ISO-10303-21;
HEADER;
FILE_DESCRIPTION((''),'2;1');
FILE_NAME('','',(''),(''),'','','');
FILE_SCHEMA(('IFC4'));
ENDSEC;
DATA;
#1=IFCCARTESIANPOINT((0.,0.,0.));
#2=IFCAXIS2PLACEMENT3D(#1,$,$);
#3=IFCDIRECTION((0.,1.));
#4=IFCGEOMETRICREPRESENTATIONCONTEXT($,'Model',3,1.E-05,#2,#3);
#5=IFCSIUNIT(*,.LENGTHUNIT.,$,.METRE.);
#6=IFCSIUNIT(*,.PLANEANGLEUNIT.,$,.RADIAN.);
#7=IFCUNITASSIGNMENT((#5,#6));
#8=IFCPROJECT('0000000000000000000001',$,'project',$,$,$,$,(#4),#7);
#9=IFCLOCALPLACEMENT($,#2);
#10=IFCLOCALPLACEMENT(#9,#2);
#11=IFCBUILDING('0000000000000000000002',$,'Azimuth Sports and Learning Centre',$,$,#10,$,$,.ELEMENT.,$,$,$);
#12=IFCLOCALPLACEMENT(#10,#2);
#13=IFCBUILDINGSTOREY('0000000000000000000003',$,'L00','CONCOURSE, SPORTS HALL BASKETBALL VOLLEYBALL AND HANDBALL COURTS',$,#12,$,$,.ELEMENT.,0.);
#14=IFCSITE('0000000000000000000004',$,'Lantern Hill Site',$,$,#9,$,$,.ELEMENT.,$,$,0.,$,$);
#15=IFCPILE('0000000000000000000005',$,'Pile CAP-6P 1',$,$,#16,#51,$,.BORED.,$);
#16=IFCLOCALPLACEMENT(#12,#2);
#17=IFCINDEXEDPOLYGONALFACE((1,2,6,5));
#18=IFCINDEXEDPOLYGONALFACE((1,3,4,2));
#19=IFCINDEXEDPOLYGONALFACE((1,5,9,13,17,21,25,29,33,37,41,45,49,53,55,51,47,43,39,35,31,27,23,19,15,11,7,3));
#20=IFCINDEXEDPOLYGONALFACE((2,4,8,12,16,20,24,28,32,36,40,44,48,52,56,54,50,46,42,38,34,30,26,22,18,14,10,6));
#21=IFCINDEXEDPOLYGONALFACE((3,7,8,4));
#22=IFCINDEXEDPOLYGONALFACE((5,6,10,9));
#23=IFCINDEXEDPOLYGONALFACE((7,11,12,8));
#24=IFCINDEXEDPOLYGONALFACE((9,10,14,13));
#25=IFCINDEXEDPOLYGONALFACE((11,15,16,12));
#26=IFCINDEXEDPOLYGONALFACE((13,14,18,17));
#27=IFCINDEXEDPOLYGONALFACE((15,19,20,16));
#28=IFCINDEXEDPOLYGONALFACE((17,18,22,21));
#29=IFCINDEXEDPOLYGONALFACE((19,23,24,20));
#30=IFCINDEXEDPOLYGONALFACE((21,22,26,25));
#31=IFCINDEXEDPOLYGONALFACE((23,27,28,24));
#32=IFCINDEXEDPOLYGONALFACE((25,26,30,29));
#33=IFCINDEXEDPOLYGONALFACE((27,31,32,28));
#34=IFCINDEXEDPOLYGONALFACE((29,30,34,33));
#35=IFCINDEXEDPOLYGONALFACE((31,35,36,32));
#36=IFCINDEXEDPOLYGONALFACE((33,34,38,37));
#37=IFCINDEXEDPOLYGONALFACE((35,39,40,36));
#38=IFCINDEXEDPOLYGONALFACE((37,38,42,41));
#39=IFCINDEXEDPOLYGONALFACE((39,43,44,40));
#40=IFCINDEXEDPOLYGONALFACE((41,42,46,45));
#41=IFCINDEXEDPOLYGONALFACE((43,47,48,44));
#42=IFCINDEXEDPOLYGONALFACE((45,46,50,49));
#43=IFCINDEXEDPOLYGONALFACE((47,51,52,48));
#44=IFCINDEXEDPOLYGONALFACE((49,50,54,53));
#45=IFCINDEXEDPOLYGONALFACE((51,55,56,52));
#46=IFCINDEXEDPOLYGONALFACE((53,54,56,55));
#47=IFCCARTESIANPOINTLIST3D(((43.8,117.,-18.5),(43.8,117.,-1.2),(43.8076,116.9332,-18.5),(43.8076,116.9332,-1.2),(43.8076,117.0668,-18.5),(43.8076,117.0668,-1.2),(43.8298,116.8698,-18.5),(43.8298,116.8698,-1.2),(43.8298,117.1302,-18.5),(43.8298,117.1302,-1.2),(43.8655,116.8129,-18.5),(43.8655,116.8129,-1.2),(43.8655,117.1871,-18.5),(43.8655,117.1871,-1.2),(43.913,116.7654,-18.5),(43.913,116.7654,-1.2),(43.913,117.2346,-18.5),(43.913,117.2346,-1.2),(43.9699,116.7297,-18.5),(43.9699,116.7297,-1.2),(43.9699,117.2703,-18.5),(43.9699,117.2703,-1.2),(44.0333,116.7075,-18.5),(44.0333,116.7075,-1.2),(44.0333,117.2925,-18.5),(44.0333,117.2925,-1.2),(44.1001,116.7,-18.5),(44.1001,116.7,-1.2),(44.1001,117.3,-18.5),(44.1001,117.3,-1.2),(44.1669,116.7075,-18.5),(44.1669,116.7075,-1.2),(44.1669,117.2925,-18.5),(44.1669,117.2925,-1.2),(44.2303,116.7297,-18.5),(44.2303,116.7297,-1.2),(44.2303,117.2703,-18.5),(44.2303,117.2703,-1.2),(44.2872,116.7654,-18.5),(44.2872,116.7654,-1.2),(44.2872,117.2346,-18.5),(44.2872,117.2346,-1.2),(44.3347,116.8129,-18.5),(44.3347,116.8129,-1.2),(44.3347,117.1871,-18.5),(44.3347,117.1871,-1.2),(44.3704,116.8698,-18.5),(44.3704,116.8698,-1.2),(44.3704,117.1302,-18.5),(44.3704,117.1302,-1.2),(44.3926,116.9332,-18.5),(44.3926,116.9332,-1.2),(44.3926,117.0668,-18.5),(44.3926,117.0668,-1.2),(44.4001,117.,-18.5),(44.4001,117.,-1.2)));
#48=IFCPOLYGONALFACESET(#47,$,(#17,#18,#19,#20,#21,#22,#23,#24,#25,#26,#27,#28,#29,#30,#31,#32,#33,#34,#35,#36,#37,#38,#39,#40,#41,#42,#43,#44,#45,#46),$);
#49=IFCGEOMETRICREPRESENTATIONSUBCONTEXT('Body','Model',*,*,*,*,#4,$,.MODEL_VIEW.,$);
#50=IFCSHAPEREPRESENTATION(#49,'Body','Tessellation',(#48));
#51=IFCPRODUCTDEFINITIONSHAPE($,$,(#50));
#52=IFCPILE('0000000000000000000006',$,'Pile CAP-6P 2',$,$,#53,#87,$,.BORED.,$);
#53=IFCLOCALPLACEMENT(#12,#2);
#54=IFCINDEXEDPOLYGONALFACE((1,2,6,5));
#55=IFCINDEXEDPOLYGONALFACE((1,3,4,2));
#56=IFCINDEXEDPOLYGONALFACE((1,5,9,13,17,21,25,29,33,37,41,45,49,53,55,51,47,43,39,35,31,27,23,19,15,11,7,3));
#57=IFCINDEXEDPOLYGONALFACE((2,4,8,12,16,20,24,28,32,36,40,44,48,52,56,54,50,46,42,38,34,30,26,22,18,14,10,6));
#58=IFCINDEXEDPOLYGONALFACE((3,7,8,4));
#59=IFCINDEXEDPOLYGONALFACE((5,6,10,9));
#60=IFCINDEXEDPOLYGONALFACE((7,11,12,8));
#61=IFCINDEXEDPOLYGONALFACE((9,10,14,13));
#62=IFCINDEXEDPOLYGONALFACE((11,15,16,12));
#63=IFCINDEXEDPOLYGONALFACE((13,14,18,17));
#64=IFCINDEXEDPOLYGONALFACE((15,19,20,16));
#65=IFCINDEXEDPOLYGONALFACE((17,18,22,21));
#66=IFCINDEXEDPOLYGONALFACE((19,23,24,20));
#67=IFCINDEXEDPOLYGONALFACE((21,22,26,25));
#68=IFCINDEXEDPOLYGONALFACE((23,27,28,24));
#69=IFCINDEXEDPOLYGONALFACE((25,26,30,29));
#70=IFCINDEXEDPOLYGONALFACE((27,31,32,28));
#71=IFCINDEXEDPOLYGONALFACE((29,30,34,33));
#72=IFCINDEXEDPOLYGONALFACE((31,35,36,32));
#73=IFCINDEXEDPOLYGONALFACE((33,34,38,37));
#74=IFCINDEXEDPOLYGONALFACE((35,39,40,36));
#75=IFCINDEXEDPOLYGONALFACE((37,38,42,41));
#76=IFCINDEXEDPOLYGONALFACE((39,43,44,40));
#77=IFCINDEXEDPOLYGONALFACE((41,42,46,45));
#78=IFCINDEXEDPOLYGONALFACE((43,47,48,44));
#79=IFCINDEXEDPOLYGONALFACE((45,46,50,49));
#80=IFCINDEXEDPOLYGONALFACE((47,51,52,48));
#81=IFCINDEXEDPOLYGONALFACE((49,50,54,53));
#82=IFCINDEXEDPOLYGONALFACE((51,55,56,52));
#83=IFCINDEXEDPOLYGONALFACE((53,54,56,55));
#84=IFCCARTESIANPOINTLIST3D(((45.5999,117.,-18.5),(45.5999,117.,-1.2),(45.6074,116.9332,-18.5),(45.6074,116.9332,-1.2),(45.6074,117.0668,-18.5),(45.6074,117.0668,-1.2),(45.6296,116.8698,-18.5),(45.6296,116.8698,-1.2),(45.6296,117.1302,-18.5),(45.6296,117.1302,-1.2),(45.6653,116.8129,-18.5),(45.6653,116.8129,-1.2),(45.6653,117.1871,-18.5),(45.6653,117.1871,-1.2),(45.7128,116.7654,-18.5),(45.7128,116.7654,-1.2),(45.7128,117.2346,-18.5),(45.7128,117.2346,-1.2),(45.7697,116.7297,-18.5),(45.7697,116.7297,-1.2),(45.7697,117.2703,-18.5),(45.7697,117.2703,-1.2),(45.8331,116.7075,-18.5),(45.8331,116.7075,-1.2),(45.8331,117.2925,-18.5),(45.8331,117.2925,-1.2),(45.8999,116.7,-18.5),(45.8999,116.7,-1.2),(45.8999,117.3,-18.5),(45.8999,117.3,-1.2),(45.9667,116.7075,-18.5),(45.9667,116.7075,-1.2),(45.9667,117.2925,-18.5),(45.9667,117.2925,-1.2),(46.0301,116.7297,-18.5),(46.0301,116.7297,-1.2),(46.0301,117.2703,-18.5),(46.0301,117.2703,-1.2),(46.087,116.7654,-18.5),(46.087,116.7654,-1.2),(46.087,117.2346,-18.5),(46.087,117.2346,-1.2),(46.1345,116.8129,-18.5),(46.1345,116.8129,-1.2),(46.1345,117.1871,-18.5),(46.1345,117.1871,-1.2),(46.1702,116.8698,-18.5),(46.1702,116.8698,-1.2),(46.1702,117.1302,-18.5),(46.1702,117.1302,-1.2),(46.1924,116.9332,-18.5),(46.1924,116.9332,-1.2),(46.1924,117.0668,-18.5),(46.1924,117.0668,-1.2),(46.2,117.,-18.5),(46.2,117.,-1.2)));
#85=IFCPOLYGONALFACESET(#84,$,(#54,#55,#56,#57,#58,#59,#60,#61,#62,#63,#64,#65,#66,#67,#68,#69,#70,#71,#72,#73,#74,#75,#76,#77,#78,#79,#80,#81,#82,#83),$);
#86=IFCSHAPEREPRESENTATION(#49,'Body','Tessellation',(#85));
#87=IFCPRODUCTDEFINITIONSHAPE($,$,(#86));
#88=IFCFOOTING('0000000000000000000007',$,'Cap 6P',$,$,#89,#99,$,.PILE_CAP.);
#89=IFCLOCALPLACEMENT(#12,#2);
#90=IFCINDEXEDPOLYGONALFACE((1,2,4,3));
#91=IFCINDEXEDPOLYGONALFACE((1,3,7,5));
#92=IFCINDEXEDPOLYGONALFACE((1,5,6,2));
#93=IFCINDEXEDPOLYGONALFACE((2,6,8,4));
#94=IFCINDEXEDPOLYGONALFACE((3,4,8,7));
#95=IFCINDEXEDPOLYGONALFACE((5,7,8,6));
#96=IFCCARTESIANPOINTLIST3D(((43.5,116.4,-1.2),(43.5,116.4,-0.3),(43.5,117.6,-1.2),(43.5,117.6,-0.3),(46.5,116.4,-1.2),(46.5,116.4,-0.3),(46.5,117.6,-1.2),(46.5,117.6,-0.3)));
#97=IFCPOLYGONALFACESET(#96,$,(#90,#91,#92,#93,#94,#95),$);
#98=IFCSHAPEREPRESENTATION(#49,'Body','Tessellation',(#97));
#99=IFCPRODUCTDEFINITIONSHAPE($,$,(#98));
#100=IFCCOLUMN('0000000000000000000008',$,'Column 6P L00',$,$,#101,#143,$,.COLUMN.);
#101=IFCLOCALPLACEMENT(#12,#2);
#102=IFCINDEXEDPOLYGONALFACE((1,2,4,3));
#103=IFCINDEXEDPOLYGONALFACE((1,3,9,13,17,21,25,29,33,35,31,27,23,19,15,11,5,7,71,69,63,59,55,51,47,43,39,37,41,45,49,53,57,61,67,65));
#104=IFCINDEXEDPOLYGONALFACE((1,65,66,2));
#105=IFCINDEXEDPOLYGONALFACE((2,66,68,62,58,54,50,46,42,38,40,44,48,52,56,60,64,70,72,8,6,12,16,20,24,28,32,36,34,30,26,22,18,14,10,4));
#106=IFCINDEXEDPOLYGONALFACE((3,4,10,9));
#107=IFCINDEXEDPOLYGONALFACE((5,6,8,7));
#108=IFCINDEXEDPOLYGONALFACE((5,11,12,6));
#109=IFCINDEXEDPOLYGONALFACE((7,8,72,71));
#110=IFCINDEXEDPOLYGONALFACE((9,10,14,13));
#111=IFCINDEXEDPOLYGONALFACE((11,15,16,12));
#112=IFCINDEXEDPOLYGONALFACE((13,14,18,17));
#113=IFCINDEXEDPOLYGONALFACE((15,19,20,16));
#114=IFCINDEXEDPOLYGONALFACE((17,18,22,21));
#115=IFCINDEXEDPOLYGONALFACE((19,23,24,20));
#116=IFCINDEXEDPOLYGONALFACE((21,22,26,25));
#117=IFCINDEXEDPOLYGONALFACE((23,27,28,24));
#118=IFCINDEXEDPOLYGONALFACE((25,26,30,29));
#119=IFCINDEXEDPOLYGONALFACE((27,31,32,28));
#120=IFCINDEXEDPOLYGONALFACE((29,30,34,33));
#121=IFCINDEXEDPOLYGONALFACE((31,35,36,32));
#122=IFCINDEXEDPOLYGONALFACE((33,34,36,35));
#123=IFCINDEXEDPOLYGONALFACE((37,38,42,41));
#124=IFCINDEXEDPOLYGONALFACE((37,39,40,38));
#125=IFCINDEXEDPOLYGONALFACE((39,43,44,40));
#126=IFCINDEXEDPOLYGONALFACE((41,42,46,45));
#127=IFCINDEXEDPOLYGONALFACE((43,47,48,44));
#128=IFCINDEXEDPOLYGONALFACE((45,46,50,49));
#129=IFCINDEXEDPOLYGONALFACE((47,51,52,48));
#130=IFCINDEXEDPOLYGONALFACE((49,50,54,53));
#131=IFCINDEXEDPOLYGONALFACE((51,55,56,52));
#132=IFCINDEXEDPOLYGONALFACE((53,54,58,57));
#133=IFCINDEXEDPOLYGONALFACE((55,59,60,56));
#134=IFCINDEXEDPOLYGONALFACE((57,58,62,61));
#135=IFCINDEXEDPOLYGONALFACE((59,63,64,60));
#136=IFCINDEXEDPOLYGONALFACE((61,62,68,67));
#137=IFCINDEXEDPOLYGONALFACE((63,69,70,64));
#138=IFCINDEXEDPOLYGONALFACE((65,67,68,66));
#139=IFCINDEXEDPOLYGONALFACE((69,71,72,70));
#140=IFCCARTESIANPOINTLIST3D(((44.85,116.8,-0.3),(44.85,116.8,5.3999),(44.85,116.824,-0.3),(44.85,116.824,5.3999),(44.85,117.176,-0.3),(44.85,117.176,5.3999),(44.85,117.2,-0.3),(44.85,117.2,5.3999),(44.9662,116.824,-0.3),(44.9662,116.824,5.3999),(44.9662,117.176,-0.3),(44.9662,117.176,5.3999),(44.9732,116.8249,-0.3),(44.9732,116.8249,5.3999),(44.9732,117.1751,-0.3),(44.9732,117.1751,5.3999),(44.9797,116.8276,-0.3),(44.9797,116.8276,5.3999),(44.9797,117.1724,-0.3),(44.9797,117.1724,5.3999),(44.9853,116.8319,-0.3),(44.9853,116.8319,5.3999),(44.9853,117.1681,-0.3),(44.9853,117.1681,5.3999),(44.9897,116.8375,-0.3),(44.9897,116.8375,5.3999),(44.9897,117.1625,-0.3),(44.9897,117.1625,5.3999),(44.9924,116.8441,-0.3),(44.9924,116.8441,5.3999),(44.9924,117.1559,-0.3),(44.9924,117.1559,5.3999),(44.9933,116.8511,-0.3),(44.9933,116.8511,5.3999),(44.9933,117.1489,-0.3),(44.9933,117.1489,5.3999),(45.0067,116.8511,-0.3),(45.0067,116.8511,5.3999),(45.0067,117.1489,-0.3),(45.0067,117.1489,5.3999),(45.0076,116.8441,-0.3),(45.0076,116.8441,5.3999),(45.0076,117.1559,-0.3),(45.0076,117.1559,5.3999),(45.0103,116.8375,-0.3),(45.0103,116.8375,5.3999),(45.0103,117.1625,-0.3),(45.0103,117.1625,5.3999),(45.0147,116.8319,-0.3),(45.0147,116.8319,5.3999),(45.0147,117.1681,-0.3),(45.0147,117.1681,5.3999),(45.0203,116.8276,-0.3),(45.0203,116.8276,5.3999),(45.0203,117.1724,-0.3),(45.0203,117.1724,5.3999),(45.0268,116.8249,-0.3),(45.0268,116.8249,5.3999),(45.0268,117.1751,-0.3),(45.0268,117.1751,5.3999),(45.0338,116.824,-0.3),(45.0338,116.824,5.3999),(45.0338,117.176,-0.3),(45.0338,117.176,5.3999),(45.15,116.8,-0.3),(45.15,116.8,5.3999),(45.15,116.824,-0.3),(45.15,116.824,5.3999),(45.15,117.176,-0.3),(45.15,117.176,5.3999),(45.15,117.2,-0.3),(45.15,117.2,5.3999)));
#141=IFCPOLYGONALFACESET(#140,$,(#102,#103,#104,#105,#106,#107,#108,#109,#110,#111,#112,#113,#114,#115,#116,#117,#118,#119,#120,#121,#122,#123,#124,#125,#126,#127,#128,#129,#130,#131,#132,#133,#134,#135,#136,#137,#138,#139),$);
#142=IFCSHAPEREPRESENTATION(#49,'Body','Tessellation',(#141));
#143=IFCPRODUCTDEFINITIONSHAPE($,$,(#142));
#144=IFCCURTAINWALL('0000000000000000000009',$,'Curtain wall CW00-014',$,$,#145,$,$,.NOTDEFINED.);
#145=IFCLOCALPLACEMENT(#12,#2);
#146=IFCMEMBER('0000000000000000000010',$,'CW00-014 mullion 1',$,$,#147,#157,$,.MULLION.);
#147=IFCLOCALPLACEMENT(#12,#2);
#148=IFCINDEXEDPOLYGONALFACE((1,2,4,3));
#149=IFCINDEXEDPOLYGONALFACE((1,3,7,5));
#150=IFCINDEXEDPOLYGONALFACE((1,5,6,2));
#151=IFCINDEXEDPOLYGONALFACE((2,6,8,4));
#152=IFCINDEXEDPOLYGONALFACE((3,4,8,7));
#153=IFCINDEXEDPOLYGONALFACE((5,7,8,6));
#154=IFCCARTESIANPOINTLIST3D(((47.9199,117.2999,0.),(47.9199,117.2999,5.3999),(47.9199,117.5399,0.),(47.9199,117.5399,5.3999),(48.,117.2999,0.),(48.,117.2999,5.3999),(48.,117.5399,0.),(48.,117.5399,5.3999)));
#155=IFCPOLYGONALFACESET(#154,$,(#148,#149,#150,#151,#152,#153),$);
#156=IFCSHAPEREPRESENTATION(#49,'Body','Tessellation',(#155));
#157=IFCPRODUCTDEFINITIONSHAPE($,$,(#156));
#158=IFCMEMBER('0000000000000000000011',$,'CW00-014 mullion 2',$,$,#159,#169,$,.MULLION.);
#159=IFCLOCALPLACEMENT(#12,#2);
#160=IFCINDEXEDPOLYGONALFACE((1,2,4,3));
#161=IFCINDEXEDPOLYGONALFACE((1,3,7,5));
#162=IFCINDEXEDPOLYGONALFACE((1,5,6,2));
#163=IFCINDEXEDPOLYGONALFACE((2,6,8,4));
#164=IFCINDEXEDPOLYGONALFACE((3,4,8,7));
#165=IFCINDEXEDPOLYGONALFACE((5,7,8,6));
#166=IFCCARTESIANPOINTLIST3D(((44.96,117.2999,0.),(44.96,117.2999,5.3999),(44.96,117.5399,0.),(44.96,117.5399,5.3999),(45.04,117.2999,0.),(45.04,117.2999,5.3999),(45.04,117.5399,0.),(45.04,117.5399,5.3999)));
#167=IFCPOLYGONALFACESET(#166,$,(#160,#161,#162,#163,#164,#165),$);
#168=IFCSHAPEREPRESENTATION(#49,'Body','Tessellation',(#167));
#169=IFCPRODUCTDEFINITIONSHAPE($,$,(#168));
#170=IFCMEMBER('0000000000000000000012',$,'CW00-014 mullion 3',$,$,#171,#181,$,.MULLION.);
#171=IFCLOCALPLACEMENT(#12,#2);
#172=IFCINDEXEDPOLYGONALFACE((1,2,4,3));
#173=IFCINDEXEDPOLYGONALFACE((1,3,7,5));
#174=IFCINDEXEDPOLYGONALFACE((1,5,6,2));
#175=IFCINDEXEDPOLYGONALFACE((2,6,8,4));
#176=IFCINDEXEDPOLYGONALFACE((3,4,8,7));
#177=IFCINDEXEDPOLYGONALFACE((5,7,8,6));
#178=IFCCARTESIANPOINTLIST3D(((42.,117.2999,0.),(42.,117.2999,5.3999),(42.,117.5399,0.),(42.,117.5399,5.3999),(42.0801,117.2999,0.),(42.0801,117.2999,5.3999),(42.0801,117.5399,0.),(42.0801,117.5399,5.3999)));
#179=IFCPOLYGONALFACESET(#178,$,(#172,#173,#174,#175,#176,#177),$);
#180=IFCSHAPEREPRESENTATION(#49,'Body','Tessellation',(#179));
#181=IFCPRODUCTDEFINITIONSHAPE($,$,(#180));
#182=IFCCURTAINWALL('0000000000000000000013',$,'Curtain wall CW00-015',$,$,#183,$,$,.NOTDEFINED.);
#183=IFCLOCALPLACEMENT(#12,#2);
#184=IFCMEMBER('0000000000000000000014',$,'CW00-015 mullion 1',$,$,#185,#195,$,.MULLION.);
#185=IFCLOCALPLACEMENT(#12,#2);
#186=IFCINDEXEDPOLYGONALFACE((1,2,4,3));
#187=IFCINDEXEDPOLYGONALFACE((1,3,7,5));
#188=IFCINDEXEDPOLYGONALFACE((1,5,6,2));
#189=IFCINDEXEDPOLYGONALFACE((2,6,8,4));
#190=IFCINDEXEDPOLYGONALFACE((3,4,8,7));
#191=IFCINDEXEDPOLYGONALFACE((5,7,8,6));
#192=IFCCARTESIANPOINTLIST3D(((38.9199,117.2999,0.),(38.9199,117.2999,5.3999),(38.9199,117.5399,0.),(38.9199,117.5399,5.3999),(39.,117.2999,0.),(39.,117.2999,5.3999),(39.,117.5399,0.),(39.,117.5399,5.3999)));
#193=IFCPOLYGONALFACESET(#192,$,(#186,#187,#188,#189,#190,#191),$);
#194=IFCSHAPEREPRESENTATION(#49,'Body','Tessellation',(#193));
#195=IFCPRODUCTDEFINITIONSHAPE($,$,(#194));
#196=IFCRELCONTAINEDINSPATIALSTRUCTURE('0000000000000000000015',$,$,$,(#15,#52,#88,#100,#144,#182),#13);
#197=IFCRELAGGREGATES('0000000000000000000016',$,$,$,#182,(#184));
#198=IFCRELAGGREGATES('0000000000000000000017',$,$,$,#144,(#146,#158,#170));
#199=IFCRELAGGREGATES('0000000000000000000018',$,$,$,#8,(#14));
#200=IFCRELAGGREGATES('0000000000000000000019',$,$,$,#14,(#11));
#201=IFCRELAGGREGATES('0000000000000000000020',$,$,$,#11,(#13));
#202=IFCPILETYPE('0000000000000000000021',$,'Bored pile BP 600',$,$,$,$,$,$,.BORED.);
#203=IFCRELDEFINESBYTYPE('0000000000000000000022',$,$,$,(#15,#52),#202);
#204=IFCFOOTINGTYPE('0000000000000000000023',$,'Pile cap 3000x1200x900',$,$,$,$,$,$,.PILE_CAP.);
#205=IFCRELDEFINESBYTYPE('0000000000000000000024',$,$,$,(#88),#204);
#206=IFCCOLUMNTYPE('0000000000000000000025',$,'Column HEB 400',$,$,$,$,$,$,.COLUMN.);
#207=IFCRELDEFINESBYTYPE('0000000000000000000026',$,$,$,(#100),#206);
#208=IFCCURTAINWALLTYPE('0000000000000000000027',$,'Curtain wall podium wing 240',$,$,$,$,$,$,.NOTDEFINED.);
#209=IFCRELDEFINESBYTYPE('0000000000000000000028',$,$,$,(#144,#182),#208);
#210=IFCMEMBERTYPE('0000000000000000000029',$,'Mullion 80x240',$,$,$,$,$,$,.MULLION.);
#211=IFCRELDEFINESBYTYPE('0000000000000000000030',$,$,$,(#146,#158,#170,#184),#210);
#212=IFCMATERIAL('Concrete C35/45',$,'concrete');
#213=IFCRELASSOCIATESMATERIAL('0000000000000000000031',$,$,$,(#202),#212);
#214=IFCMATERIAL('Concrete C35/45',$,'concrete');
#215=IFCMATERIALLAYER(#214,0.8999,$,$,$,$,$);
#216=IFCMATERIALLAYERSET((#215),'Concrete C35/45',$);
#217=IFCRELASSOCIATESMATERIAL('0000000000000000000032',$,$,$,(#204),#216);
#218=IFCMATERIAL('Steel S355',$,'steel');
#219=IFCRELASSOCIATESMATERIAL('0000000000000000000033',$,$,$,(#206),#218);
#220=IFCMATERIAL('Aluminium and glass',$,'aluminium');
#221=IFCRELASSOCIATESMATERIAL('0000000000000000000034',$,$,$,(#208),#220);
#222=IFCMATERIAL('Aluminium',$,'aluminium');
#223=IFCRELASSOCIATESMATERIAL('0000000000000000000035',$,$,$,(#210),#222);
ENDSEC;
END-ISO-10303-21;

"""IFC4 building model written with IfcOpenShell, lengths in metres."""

from ifc_helpers import new_model, si_unit, direction, frame, origin, origin_2d, place, context, subcontext, project, spatial, rectangle, circle, i_section, extrude, material, layer, layer_set, material_profile, profile_set, type_object, element, aggregate, save


model = new_model("IFC4")

# Units and contexts
model_context = context("Model", 3, precision=1e-05, world=origin(), true_north=direction((0.0, 1.0)))
body_context = subcontext(model_context, "Body", "Model", "MODEL_VIEW")
ifc_project = project(units=[si_unit("LENGTHUNIT", "METRE"), si_unit("PLANEANGLEUNIT", "RADIAN")], contexts=[model_context])

# Site, building, storey
site_placement = place(None, origin())
site = spatial("IfcSite", under=ifc_project, at=site_placement, Name="Lantern Hill Site", CompositionType="ELEMENT", RefElevation=0.0)
building_placement = place(site_placement, origin())
building = spatial("IfcBuilding", under=site, at=building_placement, Name="Azimuth Sports and Learning Centre", CompositionType="ELEMENT")
storey_placement = place(building_placement, origin())
storey = spatial("IfcBuildingStorey", under=building, at=storey_placement, Name="L00", Description="CONCOURSE, SPORTS HALL BASKETBALL VOLLEYBALL AND HANDBALL COURTS", CompositionType="ELEMENT", Elevation=0.0)

# Piles
ifc_material_1 = material(Name="Concrete C35/45", Category="concrete")
ifc_material_profile_1 = material_profile(ifc_material_1, circle(Radius=0.3, at=origin_2d()), Name="BP 600")
ifc_profile_set_1 = profile_set([ifc_material_profile_1], Name="Concrete C35/45")
pile_type = type_object("IfcPileType", Name="Bored pile BP 600", PredefinedType="BORED", material=ifc_profile_set_1)
for number, where, z_axis, x_axis, name in (
    (1, (44.1001, 117.0, -1.2), (0.0, 0.0, -1.0), (1.0, 0.0, 0.0), "Pile CAP-6P 1"),
    (2, (45.8999, 117.0, -1.2), (0.0, 0.0, -1.0), (1.0, 0.0, 0.0), "Pile CAP-6P 2"),
):
    element("IfcPile", number, at=place(storey_placement, frame(where, z_axis=z_axis, x_axis=x_axis)), inside=storey, type_object=pile_type, Name=name, PredefinedType="BORED", context=body_context, shape_type="SweptSolid", body=[
        extrude(circle(Radius=0.3, at=origin_2d()), origin(), (0.0, 0.0, 1.0), 17.3),
    ])

# Footing
ifc_material_2 = material(Name="Concrete C35/45", Category="concrete")
ifc_layer_1 = layer(ifc_material_2, 0.8999)
ifc_layer_set_1 = layer_set([ifc_layer_1], Name="Concrete C35/45")
footing_type = type_object("IfcFootingType", Name="Pile cap 3000x1200x900", PredefinedType="PILE_CAP", material=ifc_layer_set_1)
footing_placement = place(storey_placement, frame((45.0, 117.0, -1.2), z_axis=(0.0, 0.0, 1.0), x_axis=(1.0, 0.0, 0.0)))
element("IfcFooting", 3, at=footing_placement, inside=storey, type_object=footing_type, Name="Cap 6P", PredefinedType="PILE_CAP", context=body_context, shape_type="SweptSolid", body=[
    extrude(rectangle(XDim=3.0, YDim=1.2, at=origin_2d()), origin(), (0.0, 0.0, 1.0), 0.8999),
])

# Column
ifc_material_3 = material(Name="Steel S355", Category="steel")
ifc_material_profile_2 = material_profile(ifc_material_3, i_section(OverallWidth=0.3, OverallDepth=0.3999, WebThickness=0.0134, FlangeThickness=0.0239, FilletRadius=0.0271, at=origin_2d()), Name="HEB 400")
ifc_profile_set_2 = profile_set([ifc_material_profile_2], Name="Steel S355")
column_type = type_object("IfcColumnType", Name="Column HEB 400", PredefinedType="COLUMN", material=ifc_profile_set_2)
column_placement = place(storey_placement, frame((45.0, 117.0, -0.3), z_axis=(0.0, 0.0, 1.0), x_axis=(1.0, 0.0, 0.0)))
element("IfcColumn", 4, at=column_placement, inside=storey, type_object=column_type, Name="Column 6P L00", PredefinedType="COLUMN", context=body_context, shape_type="SweptSolid", body=[
    extrude(i_section(OverallWidth=0.3, OverallDepth=0.3999, WebThickness=0.0134, FlangeThickness=0.0239, FilletRadius=0.0271, at=origin_2d()), origin(), (0.0, 0.0, 1.0), 5.7),
])

# Curtain wall, members
ifc_material_4 = material(Name="Aluminium and glass", Category="aluminium")
curtain_wall_type = type_object("IfcCurtainWallType", Name="Curtain wall podium wing 240", PredefinedType="NOTDEFINED", material=ifc_material_4)
curtain_wall_1_placement = place(storey_placement, origin())
curtain_wall_1 = element("IfcCurtainWall", 5, at=curtain_wall_1_placement, inside=storey, type_object=curtain_wall_type, Name="Curtain wall CW00-014", PredefinedType="NOTDEFINED")
ifc_material_5 = material(Name="Aluminium", Category="aluminium")
ifc_material_profile_3 = material_profile(ifc_material_5, rectangle(XDim=0.24, YDim=0.0801, at=origin_2d()), Name="Mullion 80x240")
ifc_profile_set_3 = profile_set([ifc_material_profile_3], Name="Aluminium")
member_type_1 = type_object("IfcMemberType", Name="Mullion 80x240", PredefinedType="MULLION", material=ifc_profile_set_3)
member_1_placement = place(storey_placement, frame((47.96, 117.4199, 0.0), z_axis=(0.0, 0.0, 1.0), x_axis=(0.0, -1.0, 0.0)))
member_1 = element("IfcMember", 6, at=member_1_placement, type_object=member_type_1, Name="CW00-014 mullion 1", PredefinedType="MULLION", context=body_context, shape_type="SweptSolid", body=[
    extrude(rectangle(XDim=0.24, YDim=0.0801, at=origin_2d()), origin(), (0.0, 0.0, 1.0), 5.3999),
])
member_2_placement = place(storey_placement, frame((45.0, 117.4199, 0.0), z_axis=(0.0, 0.0, 1.0), x_axis=(0.0, -1.0, 0.0)))
member_2 = element("IfcMember", 7, at=member_2_placement, type_object=member_type_1, Name="CW00-014 mullion 2", PredefinedType="MULLION", context=body_context, shape_type="SweptSolid", body=[
    extrude(rectangle(XDim=0.24, YDim=0.0801, at=origin_2d()), origin(), (0.0, 0.0, 1.0), 5.3999),
])
member_3_placement = place(storey_placement, frame((42.04, 117.4199, 0.0), z_axis=(0.0, 0.0, 1.0), x_axis=(0.0, -1.0, 0.0)))
member_3 = element("IfcMember", 8, at=member_3_placement, type_object=member_type_1, Name="CW00-014 mullion 3", PredefinedType="MULLION", context=body_context, shape_type="SweptSolid", body=[
    extrude(rectangle(XDim=0.24, YDim=0.0801, at=origin_2d()), origin(), (0.0, 0.0, 1.0), 5.3999),
])

# Curtain wall, member
curtain_wall_2_placement = place(storey_placement, origin())
curtain_wall_2 = element("IfcCurtainWall", 9, at=curtain_wall_2_placement, inside=storey, type_object=curtain_wall_type, Name="Curtain wall CW00-015", PredefinedType="NOTDEFINED")
member_4_placement = place(storey_placement, frame((38.96, 117.4199, 0.0), z_axis=(0.0, 0.0, 1.0), x_axis=(0.0, -1.0, 0.0)))
member_4 = element("IfcMember", 10, at=member_4_placement, type_object=member_type_1, Name="CW00-015 mullion 1", PredefinedType="MULLION", context=body_context, shape_type="SweptSolid", body=[
    extrude(rectangle(XDim=0.24, YDim=0.0801, at=origin_2d()), origin(), (0.0, 0.0, 1.0), 5.3999),
])
aggregate(curtain_wall_2, [member_4])

aggregate(curtain_wall_1, [member_1, member_2, member_3])

save(model, "model.ifc")
